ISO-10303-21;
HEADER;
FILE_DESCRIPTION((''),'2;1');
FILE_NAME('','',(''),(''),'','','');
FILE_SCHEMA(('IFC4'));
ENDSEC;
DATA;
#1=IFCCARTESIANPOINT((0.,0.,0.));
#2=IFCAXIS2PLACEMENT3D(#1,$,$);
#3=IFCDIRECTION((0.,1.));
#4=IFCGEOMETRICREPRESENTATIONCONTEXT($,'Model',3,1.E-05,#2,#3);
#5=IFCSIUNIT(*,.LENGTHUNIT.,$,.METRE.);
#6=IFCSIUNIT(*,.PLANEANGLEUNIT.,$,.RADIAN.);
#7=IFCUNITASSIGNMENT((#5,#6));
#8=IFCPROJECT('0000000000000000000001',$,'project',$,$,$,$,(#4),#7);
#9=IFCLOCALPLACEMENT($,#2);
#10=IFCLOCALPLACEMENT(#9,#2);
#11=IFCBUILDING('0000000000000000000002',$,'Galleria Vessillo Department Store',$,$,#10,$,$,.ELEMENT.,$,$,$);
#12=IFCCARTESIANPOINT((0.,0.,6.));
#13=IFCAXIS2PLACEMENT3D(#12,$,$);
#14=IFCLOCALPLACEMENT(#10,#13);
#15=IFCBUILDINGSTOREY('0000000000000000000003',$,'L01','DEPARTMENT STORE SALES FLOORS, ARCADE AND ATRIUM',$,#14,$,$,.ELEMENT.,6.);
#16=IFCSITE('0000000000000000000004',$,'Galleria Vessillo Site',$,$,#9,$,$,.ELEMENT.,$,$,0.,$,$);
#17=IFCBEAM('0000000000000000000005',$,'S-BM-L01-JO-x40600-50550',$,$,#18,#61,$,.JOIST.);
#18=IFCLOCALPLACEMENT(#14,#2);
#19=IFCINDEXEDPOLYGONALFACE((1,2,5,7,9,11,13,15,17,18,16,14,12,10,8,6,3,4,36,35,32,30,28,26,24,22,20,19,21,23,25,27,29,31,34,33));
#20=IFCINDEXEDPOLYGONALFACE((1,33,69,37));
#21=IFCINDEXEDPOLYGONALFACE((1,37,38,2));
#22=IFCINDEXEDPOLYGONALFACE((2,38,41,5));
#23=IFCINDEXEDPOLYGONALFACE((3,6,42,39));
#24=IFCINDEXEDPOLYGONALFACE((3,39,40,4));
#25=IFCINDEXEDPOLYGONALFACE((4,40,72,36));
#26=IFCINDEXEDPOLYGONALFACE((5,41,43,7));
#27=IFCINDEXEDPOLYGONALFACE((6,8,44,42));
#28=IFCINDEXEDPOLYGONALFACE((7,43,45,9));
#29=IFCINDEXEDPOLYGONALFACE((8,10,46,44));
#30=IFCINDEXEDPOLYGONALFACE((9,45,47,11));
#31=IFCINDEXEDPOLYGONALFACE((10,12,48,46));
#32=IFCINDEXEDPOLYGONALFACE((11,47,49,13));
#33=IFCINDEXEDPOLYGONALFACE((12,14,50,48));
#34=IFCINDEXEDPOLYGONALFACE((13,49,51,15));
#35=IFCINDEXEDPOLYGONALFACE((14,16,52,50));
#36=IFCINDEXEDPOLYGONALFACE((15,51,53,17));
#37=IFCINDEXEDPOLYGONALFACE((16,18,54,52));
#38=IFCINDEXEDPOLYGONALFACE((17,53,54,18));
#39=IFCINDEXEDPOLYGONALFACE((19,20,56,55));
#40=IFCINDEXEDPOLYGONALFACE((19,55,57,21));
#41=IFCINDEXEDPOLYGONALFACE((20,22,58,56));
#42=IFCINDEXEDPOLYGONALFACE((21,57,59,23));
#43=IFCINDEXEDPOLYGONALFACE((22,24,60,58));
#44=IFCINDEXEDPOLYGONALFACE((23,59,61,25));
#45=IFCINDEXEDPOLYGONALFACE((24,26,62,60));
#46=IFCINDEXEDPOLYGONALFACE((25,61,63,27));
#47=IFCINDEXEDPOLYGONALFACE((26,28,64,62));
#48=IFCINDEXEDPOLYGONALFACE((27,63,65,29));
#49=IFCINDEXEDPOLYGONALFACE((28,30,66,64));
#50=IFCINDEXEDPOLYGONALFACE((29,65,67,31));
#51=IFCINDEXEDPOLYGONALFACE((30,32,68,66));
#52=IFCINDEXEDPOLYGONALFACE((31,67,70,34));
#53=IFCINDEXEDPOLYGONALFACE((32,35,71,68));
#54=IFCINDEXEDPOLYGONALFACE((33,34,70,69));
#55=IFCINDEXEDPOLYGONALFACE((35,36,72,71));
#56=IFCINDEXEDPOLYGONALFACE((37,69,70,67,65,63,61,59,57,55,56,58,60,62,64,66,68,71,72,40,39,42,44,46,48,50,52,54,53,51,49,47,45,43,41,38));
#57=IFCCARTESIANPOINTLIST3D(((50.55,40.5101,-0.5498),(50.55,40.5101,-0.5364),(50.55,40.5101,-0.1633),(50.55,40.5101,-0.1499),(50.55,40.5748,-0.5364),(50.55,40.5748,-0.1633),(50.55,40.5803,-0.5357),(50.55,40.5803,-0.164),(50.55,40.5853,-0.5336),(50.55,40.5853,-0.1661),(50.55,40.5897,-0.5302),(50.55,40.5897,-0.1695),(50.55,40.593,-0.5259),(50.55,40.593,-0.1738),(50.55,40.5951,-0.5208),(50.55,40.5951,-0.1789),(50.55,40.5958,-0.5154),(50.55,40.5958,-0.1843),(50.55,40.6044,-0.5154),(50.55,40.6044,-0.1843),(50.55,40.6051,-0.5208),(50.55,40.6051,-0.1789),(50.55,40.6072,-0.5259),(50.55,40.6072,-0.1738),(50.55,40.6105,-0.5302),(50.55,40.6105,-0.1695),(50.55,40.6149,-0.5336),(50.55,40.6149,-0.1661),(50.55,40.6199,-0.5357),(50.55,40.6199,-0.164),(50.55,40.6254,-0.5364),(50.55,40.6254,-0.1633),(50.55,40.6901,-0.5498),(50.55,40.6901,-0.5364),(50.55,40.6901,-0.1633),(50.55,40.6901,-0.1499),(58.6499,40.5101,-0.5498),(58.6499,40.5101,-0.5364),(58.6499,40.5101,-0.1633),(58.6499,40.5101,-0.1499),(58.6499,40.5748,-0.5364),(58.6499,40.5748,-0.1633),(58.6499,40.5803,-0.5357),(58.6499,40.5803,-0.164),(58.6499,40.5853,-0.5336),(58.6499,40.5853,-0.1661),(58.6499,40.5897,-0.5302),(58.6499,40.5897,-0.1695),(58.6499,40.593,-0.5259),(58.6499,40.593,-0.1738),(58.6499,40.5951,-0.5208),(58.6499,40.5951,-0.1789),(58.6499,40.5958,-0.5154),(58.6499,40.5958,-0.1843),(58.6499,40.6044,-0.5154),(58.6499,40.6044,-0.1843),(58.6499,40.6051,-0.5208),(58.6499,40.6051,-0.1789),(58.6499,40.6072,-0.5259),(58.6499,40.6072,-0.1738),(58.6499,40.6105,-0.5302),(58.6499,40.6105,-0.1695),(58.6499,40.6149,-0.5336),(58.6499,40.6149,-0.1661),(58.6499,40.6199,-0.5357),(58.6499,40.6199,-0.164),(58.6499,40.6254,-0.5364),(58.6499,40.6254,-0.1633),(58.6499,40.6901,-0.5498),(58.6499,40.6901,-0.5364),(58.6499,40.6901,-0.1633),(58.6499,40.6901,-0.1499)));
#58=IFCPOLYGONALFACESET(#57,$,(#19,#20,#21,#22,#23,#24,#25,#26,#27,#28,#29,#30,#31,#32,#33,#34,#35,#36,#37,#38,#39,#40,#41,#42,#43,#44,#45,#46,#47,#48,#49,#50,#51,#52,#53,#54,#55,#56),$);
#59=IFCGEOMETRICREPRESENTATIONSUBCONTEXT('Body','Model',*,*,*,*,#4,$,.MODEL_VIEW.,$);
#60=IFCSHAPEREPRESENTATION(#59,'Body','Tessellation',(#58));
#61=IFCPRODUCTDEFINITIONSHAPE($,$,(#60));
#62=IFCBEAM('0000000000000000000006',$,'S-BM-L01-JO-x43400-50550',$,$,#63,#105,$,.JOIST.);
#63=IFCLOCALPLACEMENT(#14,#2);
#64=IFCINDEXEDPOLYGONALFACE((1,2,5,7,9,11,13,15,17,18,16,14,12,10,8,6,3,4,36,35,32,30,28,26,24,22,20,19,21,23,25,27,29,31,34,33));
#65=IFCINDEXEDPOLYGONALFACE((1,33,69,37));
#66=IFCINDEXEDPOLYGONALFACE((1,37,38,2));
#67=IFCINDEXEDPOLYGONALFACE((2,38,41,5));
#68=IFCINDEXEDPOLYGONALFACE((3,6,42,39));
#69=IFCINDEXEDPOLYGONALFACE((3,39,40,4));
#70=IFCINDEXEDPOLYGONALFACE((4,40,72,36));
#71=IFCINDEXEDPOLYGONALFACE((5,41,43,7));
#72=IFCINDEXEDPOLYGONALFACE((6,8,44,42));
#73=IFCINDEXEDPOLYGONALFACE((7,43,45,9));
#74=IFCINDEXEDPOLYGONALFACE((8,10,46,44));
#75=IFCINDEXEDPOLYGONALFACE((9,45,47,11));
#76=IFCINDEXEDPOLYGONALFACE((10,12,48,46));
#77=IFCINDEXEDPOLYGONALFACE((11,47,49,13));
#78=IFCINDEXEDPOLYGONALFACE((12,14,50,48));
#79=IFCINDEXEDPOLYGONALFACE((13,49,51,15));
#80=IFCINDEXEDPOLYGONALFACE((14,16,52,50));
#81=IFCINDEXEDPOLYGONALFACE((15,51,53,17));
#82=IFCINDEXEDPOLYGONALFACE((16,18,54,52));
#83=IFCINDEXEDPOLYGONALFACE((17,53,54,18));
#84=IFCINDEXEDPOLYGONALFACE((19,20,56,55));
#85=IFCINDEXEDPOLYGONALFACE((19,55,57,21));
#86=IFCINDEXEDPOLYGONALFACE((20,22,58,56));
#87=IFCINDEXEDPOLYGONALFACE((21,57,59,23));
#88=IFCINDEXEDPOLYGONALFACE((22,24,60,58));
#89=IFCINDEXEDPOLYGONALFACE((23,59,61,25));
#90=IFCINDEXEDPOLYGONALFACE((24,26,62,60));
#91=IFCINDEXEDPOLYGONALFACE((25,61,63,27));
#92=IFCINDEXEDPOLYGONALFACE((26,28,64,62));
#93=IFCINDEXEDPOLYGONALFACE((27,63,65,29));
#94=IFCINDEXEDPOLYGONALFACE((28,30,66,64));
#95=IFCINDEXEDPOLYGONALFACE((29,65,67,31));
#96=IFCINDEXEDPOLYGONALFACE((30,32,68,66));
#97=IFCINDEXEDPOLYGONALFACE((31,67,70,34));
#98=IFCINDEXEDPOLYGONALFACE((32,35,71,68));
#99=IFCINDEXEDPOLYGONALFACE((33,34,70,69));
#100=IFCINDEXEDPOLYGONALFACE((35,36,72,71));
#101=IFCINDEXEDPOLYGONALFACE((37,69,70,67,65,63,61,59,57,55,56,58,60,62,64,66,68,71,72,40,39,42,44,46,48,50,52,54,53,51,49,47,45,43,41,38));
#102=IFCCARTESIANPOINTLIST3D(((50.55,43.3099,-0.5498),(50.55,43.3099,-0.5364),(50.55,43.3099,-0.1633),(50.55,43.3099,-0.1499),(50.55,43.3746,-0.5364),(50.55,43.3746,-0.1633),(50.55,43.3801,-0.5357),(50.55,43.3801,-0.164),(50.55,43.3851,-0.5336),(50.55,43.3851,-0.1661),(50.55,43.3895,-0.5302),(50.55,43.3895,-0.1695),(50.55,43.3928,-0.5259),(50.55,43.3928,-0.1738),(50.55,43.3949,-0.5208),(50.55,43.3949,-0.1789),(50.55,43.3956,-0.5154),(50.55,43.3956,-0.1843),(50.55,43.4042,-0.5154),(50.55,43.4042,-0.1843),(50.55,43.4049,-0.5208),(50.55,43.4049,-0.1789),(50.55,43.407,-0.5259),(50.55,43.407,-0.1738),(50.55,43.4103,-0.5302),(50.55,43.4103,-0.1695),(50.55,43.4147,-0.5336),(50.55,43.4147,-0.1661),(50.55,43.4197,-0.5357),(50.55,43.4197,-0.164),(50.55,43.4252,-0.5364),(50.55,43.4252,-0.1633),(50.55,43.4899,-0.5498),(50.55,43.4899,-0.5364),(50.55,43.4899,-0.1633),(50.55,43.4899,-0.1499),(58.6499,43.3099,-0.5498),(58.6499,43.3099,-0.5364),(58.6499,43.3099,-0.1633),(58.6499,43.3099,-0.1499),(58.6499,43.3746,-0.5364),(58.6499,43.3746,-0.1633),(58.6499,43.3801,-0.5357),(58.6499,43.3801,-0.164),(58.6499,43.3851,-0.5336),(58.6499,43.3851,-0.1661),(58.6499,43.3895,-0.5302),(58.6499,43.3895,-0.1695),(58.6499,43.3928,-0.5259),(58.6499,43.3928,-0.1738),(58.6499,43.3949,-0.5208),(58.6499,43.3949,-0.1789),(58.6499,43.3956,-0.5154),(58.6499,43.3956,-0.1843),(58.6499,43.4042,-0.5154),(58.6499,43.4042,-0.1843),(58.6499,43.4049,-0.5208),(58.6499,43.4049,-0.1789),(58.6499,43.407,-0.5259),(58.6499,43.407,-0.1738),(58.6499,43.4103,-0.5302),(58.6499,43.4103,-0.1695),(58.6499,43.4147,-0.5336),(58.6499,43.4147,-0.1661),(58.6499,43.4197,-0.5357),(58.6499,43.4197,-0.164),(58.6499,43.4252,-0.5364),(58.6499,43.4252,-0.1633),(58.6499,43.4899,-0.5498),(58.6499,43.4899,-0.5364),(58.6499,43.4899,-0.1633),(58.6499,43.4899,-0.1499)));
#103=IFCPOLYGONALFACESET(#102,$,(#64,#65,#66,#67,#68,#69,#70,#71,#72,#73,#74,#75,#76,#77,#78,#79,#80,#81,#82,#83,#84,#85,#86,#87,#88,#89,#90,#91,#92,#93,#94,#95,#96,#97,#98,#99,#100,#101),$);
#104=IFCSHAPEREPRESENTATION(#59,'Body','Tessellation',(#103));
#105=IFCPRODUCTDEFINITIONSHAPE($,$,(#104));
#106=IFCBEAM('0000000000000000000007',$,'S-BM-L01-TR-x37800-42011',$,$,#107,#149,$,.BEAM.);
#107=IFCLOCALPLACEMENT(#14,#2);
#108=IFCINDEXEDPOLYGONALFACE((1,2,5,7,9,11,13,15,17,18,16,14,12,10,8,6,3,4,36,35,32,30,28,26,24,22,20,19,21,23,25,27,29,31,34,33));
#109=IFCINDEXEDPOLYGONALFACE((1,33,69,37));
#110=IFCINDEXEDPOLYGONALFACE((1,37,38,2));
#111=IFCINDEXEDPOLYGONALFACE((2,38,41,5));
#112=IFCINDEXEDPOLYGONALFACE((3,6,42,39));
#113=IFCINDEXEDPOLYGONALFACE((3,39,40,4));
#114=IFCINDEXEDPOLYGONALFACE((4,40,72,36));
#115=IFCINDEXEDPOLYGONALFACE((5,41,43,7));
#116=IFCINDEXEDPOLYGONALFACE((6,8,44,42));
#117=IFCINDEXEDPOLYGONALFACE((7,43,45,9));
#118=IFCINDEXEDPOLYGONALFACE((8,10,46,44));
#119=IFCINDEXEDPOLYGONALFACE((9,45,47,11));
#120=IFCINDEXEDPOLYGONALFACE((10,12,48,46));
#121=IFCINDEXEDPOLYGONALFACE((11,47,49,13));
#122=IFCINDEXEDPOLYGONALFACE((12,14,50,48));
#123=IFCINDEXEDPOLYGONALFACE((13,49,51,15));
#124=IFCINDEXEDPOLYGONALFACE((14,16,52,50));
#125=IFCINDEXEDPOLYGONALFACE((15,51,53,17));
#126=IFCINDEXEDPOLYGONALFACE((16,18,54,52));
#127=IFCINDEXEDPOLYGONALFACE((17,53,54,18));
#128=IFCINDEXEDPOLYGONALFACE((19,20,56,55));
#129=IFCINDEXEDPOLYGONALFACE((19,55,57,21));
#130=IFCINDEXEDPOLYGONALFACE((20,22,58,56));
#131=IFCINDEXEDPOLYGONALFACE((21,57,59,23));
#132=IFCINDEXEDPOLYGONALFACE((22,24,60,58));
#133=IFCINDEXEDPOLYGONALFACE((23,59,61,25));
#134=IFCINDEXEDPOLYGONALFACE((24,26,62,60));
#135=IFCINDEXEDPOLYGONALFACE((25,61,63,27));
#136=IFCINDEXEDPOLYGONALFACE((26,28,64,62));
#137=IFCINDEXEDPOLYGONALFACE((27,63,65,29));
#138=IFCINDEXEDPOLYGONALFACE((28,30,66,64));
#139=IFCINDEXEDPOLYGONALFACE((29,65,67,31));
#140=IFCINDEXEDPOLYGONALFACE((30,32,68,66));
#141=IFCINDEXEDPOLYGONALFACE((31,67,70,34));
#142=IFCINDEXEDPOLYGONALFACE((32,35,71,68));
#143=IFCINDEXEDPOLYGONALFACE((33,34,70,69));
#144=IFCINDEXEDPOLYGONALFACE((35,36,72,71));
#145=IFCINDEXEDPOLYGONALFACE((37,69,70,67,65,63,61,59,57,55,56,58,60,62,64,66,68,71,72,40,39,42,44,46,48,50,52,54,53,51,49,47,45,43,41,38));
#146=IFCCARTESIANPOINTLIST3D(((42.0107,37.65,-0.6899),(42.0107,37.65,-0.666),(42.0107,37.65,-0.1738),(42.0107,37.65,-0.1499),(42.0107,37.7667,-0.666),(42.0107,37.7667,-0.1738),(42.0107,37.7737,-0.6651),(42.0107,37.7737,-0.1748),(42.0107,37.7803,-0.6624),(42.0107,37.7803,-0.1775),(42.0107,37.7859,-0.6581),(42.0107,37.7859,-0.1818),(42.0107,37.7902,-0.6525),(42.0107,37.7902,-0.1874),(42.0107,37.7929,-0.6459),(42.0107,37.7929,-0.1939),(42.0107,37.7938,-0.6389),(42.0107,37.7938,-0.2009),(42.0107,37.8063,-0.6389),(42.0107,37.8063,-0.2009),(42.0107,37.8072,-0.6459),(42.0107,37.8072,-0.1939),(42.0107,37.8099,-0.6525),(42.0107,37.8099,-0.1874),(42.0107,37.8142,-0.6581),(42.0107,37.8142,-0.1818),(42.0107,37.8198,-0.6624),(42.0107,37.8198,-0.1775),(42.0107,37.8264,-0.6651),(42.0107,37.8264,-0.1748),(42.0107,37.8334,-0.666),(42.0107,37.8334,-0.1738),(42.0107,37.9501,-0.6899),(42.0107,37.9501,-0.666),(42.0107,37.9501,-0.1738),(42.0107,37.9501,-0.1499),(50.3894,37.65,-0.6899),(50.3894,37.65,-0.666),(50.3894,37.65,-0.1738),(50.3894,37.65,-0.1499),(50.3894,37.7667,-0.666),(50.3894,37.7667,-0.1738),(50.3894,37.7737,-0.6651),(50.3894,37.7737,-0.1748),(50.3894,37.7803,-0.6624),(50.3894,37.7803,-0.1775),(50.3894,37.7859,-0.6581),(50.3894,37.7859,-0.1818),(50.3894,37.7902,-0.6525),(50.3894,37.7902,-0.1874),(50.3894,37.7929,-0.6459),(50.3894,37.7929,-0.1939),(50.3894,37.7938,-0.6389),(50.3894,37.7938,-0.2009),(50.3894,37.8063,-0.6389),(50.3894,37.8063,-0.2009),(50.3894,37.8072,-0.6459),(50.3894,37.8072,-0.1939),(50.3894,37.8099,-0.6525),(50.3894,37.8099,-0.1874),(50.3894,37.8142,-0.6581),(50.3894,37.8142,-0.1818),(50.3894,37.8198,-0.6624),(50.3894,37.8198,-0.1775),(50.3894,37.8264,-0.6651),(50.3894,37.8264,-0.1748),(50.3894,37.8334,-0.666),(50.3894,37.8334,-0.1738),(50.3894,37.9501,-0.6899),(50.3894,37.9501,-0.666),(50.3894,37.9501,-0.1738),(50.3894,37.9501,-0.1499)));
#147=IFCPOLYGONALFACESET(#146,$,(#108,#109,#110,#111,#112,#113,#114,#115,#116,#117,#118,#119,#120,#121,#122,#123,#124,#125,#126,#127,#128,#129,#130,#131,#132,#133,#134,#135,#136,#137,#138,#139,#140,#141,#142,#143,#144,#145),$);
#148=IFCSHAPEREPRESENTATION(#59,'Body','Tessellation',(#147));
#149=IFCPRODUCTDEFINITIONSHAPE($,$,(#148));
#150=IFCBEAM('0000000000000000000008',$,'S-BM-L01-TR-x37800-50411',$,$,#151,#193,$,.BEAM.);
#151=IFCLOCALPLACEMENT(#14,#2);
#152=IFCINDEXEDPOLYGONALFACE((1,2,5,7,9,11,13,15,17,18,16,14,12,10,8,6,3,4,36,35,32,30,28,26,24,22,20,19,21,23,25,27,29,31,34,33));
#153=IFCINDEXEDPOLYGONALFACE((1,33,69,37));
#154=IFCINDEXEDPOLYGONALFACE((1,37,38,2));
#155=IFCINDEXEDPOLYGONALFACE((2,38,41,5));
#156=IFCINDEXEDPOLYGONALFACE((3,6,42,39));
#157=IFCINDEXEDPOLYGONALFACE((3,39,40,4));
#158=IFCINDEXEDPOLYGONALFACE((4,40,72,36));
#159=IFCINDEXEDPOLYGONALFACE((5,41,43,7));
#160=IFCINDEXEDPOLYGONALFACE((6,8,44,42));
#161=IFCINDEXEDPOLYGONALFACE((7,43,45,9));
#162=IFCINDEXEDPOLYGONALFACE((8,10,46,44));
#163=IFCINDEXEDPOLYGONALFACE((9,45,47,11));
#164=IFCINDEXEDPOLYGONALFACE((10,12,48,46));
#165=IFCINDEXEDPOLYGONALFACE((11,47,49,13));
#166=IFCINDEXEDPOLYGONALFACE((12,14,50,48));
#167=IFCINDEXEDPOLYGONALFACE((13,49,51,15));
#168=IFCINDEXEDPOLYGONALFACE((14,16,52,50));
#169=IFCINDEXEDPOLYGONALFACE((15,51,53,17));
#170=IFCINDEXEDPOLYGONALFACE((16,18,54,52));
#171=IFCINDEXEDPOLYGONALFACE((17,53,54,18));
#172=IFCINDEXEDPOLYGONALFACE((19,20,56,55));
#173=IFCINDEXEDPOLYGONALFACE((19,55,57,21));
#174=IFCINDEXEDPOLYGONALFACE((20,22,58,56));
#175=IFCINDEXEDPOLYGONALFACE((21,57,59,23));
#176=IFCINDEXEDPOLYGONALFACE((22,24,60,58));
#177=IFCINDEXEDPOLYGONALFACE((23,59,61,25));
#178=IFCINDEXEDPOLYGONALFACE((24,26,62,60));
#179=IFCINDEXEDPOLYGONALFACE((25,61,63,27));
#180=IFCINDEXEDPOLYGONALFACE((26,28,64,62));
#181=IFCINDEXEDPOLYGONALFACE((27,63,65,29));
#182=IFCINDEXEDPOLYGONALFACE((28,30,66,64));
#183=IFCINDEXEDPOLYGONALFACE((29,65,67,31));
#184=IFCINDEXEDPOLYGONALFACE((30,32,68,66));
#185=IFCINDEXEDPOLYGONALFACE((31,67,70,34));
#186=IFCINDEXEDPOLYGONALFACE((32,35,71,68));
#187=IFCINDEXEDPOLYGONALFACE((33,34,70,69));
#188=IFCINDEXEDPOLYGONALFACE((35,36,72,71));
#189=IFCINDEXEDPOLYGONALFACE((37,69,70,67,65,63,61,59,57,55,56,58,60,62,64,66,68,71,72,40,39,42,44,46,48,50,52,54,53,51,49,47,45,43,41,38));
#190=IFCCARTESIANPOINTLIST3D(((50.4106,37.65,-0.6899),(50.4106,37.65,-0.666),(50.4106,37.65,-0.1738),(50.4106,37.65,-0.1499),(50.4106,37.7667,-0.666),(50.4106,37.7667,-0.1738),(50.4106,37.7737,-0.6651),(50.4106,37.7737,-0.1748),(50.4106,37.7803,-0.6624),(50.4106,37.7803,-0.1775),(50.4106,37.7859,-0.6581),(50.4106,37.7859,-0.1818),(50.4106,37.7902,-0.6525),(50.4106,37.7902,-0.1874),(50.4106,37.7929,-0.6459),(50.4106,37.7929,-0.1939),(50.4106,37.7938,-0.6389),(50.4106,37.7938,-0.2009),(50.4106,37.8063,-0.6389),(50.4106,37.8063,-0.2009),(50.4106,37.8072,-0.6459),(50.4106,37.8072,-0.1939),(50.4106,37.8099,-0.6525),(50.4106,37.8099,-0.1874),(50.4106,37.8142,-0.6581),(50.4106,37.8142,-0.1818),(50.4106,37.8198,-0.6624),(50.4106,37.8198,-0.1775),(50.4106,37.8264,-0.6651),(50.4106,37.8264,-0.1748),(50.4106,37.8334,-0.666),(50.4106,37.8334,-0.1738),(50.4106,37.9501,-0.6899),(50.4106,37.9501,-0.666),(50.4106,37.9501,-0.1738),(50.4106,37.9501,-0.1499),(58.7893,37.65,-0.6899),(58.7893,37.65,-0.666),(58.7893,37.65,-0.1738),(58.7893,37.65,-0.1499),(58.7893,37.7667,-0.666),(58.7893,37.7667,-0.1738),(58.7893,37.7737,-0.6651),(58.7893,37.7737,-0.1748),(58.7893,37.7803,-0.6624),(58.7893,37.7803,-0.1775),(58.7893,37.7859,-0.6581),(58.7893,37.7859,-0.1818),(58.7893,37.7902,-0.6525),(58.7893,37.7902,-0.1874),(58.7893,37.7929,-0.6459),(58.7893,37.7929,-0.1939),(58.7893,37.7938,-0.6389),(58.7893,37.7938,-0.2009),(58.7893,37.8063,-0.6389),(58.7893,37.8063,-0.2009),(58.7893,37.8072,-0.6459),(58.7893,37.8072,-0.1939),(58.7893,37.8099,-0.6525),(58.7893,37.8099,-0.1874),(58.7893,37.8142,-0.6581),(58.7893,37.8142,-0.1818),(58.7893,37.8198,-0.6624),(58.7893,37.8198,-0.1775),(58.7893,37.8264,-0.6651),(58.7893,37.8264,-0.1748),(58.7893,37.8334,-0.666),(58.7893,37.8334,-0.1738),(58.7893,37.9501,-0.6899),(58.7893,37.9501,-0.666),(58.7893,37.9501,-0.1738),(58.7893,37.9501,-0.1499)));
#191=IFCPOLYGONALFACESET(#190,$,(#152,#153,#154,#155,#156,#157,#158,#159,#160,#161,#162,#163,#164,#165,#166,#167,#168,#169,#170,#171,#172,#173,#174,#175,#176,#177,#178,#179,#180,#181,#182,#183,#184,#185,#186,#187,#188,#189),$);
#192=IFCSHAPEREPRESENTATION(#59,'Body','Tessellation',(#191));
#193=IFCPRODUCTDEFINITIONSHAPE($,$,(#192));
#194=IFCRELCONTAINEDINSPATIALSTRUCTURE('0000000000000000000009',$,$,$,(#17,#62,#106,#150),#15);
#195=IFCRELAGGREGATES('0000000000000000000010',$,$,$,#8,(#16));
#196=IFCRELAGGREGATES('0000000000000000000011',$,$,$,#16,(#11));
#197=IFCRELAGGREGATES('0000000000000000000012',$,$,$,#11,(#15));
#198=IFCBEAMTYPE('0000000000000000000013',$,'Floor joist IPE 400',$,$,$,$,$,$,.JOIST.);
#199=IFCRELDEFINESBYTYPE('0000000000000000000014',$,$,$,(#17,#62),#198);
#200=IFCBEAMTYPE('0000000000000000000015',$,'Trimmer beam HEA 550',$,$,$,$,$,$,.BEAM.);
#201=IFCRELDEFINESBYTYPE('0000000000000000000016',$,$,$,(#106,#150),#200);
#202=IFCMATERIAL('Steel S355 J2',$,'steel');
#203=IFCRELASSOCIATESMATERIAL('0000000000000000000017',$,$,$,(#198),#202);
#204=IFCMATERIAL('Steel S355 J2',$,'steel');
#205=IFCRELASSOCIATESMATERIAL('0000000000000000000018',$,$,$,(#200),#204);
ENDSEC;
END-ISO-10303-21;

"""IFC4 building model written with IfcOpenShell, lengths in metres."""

from ifc_helpers import new_model, si_unit, direction, frame, origin, origin_2d, place, context, subcontext, project, spatial, i_section, extrude, material, material_profile, profile_set, type_object, element, save


model = new_model("IFC4")

# Units and contexts
model_context = context("Model", 3, precision=1e-05, world=origin(), true_north=direction((0.0, 1.0)))
body_context = subcontext(model_context, "Body", "Model", "MODEL_VIEW")
ifc_project = project(units=[si_unit("LENGTHUNIT", "METRE"), si_unit("PLANEANGLEUNIT", "RADIAN")], contexts=[model_context])

# Site, building, storey
site_placement = place(None, origin())
site = spatial("IfcSite", under=ifc_project, at=site_placement, Name="Galleria Vessillo Site", CompositionType="ELEMENT", RefElevation=0.0)
building_placement = place(site_placement, origin())
building = spatial("IfcBuilding", under=site, at=building_placement, Name="Galleria Vessillo Department Store", CompositionType="ELEMENT")
storey_placement = place(building_placement, frame((0.0, 0.0, 6.0)))
storey = spatial("IfcBuildingStorey", under=building, at=storey_placement, Name="L01", Description="DEPARTMENT STORE SALES FLOORS, ARCADE AND ATRIUM", CompositionType="ELEMENT", Elevation=6.0)

# Beams
ifc_material_1 = material(Name="Steel S355 J2", Category="steel")
ifc_material_profile_1 = material_profile(ifc_material_1, i_section(OverallWidth=0.1799, OverallDepth=0.3999, WebThickness=0.0085, FlangeThickness=0.0134, FilletRadius=0.021, at=origin_2d()), Name="IPE 400")
ifc_profile_set_1 = profile_set([ifc_material_profile_1], Name="Steel S355 J2")
beam_type_1 = type_object("IfcBeamType", Name="Floor joist IPE 400", PredefinedType="JOIST", material=ifc_profile_set_1)
for number, where, z_axis, x_axis, name in (
    (1, (50.55, 40.6001, -0.3499), (1.0, 0.0, 0.0), (0.0, 1.0, 0.0), "S-BM-L01-JO-x40600-50550"),
    (2, (50.55, 43.3999, -0.3499), (1.0, 0.0, 0.0), (0.0, 1.0, 0.0), "S-BM-L01-JO-x43400-50550"),
):
    element("IfcBeam", number, at=place(storey_placement, frame(where, z_axis=z_axis, x_axis=x_axis)), inside=storey, type_object=beam_type_1, Name=name, PredefinedType="JOIST", context=body_context, shape_type="SweptSolid", body=[
        extrude(i_section(OverallWidth=0.1799, OverallDepth=0.3999, WebThickness=0.0085, FlangeThickness=0.0134, FilletRadius=0.021, at=origin_2d()), origin(), (0.0, 0.0, 1.0), 8.0999),
    ])
ifc_material_2 = material(Name="Steel S355 J2", Category="steel")
ifc_material_profile_2 = material_profile(ifc_material_2, i_section(OverallWidth=0.3, OverallDepth=0.54, WebThickness=0.0125, FlangeThickness=0.0239, FilletRadius=0.0271, at=origin_2d()), Name="HEA 550")
ifc_profile_set_2 = profile_set([ifc_material_profile_2], Name="Steel S355 J2")
beam_type_2 = type_object("IfcBeamType", Name="Trimmer beam HEA 550", PredefinedType="BEAM", material=ifc_profile_set_2)
for number, where, z_axis, x_axis, name in (
    (3, (42.0107, 37.8, -0.4199), (1.0, 0.0, 0.0), (0.0, 1.0, 0.0), "S-BM-L01-TR-x37800-42011"),
    (4, (50.4106, 37.8, -0.4199), (1.0, 0.0, 0.0), (0.0, 1.0, 0.0), "S-BM-L01-TR-x37800-50411"),
):
    element("IfcBeam", number, at=place(storey_placement, frame(where, z_axis=z_axis, x_axis=x_axis)), inside=storey, type_object=beam_type_2, Name=name, PredefinedType="BEAM", context=body_context, shape_type="SweptSolid", body=[
        extrude(i_section(OverallWidth=0.3, OverallDepth=0.54, WebThickness=0.0125, FlangeThickness=0.0239, FilletRadius=0.0271, at=origin_2d()), origin(), (0.0, 0.0, 1.0), 8.3787),
    ])

save(model, "model.ifc")
